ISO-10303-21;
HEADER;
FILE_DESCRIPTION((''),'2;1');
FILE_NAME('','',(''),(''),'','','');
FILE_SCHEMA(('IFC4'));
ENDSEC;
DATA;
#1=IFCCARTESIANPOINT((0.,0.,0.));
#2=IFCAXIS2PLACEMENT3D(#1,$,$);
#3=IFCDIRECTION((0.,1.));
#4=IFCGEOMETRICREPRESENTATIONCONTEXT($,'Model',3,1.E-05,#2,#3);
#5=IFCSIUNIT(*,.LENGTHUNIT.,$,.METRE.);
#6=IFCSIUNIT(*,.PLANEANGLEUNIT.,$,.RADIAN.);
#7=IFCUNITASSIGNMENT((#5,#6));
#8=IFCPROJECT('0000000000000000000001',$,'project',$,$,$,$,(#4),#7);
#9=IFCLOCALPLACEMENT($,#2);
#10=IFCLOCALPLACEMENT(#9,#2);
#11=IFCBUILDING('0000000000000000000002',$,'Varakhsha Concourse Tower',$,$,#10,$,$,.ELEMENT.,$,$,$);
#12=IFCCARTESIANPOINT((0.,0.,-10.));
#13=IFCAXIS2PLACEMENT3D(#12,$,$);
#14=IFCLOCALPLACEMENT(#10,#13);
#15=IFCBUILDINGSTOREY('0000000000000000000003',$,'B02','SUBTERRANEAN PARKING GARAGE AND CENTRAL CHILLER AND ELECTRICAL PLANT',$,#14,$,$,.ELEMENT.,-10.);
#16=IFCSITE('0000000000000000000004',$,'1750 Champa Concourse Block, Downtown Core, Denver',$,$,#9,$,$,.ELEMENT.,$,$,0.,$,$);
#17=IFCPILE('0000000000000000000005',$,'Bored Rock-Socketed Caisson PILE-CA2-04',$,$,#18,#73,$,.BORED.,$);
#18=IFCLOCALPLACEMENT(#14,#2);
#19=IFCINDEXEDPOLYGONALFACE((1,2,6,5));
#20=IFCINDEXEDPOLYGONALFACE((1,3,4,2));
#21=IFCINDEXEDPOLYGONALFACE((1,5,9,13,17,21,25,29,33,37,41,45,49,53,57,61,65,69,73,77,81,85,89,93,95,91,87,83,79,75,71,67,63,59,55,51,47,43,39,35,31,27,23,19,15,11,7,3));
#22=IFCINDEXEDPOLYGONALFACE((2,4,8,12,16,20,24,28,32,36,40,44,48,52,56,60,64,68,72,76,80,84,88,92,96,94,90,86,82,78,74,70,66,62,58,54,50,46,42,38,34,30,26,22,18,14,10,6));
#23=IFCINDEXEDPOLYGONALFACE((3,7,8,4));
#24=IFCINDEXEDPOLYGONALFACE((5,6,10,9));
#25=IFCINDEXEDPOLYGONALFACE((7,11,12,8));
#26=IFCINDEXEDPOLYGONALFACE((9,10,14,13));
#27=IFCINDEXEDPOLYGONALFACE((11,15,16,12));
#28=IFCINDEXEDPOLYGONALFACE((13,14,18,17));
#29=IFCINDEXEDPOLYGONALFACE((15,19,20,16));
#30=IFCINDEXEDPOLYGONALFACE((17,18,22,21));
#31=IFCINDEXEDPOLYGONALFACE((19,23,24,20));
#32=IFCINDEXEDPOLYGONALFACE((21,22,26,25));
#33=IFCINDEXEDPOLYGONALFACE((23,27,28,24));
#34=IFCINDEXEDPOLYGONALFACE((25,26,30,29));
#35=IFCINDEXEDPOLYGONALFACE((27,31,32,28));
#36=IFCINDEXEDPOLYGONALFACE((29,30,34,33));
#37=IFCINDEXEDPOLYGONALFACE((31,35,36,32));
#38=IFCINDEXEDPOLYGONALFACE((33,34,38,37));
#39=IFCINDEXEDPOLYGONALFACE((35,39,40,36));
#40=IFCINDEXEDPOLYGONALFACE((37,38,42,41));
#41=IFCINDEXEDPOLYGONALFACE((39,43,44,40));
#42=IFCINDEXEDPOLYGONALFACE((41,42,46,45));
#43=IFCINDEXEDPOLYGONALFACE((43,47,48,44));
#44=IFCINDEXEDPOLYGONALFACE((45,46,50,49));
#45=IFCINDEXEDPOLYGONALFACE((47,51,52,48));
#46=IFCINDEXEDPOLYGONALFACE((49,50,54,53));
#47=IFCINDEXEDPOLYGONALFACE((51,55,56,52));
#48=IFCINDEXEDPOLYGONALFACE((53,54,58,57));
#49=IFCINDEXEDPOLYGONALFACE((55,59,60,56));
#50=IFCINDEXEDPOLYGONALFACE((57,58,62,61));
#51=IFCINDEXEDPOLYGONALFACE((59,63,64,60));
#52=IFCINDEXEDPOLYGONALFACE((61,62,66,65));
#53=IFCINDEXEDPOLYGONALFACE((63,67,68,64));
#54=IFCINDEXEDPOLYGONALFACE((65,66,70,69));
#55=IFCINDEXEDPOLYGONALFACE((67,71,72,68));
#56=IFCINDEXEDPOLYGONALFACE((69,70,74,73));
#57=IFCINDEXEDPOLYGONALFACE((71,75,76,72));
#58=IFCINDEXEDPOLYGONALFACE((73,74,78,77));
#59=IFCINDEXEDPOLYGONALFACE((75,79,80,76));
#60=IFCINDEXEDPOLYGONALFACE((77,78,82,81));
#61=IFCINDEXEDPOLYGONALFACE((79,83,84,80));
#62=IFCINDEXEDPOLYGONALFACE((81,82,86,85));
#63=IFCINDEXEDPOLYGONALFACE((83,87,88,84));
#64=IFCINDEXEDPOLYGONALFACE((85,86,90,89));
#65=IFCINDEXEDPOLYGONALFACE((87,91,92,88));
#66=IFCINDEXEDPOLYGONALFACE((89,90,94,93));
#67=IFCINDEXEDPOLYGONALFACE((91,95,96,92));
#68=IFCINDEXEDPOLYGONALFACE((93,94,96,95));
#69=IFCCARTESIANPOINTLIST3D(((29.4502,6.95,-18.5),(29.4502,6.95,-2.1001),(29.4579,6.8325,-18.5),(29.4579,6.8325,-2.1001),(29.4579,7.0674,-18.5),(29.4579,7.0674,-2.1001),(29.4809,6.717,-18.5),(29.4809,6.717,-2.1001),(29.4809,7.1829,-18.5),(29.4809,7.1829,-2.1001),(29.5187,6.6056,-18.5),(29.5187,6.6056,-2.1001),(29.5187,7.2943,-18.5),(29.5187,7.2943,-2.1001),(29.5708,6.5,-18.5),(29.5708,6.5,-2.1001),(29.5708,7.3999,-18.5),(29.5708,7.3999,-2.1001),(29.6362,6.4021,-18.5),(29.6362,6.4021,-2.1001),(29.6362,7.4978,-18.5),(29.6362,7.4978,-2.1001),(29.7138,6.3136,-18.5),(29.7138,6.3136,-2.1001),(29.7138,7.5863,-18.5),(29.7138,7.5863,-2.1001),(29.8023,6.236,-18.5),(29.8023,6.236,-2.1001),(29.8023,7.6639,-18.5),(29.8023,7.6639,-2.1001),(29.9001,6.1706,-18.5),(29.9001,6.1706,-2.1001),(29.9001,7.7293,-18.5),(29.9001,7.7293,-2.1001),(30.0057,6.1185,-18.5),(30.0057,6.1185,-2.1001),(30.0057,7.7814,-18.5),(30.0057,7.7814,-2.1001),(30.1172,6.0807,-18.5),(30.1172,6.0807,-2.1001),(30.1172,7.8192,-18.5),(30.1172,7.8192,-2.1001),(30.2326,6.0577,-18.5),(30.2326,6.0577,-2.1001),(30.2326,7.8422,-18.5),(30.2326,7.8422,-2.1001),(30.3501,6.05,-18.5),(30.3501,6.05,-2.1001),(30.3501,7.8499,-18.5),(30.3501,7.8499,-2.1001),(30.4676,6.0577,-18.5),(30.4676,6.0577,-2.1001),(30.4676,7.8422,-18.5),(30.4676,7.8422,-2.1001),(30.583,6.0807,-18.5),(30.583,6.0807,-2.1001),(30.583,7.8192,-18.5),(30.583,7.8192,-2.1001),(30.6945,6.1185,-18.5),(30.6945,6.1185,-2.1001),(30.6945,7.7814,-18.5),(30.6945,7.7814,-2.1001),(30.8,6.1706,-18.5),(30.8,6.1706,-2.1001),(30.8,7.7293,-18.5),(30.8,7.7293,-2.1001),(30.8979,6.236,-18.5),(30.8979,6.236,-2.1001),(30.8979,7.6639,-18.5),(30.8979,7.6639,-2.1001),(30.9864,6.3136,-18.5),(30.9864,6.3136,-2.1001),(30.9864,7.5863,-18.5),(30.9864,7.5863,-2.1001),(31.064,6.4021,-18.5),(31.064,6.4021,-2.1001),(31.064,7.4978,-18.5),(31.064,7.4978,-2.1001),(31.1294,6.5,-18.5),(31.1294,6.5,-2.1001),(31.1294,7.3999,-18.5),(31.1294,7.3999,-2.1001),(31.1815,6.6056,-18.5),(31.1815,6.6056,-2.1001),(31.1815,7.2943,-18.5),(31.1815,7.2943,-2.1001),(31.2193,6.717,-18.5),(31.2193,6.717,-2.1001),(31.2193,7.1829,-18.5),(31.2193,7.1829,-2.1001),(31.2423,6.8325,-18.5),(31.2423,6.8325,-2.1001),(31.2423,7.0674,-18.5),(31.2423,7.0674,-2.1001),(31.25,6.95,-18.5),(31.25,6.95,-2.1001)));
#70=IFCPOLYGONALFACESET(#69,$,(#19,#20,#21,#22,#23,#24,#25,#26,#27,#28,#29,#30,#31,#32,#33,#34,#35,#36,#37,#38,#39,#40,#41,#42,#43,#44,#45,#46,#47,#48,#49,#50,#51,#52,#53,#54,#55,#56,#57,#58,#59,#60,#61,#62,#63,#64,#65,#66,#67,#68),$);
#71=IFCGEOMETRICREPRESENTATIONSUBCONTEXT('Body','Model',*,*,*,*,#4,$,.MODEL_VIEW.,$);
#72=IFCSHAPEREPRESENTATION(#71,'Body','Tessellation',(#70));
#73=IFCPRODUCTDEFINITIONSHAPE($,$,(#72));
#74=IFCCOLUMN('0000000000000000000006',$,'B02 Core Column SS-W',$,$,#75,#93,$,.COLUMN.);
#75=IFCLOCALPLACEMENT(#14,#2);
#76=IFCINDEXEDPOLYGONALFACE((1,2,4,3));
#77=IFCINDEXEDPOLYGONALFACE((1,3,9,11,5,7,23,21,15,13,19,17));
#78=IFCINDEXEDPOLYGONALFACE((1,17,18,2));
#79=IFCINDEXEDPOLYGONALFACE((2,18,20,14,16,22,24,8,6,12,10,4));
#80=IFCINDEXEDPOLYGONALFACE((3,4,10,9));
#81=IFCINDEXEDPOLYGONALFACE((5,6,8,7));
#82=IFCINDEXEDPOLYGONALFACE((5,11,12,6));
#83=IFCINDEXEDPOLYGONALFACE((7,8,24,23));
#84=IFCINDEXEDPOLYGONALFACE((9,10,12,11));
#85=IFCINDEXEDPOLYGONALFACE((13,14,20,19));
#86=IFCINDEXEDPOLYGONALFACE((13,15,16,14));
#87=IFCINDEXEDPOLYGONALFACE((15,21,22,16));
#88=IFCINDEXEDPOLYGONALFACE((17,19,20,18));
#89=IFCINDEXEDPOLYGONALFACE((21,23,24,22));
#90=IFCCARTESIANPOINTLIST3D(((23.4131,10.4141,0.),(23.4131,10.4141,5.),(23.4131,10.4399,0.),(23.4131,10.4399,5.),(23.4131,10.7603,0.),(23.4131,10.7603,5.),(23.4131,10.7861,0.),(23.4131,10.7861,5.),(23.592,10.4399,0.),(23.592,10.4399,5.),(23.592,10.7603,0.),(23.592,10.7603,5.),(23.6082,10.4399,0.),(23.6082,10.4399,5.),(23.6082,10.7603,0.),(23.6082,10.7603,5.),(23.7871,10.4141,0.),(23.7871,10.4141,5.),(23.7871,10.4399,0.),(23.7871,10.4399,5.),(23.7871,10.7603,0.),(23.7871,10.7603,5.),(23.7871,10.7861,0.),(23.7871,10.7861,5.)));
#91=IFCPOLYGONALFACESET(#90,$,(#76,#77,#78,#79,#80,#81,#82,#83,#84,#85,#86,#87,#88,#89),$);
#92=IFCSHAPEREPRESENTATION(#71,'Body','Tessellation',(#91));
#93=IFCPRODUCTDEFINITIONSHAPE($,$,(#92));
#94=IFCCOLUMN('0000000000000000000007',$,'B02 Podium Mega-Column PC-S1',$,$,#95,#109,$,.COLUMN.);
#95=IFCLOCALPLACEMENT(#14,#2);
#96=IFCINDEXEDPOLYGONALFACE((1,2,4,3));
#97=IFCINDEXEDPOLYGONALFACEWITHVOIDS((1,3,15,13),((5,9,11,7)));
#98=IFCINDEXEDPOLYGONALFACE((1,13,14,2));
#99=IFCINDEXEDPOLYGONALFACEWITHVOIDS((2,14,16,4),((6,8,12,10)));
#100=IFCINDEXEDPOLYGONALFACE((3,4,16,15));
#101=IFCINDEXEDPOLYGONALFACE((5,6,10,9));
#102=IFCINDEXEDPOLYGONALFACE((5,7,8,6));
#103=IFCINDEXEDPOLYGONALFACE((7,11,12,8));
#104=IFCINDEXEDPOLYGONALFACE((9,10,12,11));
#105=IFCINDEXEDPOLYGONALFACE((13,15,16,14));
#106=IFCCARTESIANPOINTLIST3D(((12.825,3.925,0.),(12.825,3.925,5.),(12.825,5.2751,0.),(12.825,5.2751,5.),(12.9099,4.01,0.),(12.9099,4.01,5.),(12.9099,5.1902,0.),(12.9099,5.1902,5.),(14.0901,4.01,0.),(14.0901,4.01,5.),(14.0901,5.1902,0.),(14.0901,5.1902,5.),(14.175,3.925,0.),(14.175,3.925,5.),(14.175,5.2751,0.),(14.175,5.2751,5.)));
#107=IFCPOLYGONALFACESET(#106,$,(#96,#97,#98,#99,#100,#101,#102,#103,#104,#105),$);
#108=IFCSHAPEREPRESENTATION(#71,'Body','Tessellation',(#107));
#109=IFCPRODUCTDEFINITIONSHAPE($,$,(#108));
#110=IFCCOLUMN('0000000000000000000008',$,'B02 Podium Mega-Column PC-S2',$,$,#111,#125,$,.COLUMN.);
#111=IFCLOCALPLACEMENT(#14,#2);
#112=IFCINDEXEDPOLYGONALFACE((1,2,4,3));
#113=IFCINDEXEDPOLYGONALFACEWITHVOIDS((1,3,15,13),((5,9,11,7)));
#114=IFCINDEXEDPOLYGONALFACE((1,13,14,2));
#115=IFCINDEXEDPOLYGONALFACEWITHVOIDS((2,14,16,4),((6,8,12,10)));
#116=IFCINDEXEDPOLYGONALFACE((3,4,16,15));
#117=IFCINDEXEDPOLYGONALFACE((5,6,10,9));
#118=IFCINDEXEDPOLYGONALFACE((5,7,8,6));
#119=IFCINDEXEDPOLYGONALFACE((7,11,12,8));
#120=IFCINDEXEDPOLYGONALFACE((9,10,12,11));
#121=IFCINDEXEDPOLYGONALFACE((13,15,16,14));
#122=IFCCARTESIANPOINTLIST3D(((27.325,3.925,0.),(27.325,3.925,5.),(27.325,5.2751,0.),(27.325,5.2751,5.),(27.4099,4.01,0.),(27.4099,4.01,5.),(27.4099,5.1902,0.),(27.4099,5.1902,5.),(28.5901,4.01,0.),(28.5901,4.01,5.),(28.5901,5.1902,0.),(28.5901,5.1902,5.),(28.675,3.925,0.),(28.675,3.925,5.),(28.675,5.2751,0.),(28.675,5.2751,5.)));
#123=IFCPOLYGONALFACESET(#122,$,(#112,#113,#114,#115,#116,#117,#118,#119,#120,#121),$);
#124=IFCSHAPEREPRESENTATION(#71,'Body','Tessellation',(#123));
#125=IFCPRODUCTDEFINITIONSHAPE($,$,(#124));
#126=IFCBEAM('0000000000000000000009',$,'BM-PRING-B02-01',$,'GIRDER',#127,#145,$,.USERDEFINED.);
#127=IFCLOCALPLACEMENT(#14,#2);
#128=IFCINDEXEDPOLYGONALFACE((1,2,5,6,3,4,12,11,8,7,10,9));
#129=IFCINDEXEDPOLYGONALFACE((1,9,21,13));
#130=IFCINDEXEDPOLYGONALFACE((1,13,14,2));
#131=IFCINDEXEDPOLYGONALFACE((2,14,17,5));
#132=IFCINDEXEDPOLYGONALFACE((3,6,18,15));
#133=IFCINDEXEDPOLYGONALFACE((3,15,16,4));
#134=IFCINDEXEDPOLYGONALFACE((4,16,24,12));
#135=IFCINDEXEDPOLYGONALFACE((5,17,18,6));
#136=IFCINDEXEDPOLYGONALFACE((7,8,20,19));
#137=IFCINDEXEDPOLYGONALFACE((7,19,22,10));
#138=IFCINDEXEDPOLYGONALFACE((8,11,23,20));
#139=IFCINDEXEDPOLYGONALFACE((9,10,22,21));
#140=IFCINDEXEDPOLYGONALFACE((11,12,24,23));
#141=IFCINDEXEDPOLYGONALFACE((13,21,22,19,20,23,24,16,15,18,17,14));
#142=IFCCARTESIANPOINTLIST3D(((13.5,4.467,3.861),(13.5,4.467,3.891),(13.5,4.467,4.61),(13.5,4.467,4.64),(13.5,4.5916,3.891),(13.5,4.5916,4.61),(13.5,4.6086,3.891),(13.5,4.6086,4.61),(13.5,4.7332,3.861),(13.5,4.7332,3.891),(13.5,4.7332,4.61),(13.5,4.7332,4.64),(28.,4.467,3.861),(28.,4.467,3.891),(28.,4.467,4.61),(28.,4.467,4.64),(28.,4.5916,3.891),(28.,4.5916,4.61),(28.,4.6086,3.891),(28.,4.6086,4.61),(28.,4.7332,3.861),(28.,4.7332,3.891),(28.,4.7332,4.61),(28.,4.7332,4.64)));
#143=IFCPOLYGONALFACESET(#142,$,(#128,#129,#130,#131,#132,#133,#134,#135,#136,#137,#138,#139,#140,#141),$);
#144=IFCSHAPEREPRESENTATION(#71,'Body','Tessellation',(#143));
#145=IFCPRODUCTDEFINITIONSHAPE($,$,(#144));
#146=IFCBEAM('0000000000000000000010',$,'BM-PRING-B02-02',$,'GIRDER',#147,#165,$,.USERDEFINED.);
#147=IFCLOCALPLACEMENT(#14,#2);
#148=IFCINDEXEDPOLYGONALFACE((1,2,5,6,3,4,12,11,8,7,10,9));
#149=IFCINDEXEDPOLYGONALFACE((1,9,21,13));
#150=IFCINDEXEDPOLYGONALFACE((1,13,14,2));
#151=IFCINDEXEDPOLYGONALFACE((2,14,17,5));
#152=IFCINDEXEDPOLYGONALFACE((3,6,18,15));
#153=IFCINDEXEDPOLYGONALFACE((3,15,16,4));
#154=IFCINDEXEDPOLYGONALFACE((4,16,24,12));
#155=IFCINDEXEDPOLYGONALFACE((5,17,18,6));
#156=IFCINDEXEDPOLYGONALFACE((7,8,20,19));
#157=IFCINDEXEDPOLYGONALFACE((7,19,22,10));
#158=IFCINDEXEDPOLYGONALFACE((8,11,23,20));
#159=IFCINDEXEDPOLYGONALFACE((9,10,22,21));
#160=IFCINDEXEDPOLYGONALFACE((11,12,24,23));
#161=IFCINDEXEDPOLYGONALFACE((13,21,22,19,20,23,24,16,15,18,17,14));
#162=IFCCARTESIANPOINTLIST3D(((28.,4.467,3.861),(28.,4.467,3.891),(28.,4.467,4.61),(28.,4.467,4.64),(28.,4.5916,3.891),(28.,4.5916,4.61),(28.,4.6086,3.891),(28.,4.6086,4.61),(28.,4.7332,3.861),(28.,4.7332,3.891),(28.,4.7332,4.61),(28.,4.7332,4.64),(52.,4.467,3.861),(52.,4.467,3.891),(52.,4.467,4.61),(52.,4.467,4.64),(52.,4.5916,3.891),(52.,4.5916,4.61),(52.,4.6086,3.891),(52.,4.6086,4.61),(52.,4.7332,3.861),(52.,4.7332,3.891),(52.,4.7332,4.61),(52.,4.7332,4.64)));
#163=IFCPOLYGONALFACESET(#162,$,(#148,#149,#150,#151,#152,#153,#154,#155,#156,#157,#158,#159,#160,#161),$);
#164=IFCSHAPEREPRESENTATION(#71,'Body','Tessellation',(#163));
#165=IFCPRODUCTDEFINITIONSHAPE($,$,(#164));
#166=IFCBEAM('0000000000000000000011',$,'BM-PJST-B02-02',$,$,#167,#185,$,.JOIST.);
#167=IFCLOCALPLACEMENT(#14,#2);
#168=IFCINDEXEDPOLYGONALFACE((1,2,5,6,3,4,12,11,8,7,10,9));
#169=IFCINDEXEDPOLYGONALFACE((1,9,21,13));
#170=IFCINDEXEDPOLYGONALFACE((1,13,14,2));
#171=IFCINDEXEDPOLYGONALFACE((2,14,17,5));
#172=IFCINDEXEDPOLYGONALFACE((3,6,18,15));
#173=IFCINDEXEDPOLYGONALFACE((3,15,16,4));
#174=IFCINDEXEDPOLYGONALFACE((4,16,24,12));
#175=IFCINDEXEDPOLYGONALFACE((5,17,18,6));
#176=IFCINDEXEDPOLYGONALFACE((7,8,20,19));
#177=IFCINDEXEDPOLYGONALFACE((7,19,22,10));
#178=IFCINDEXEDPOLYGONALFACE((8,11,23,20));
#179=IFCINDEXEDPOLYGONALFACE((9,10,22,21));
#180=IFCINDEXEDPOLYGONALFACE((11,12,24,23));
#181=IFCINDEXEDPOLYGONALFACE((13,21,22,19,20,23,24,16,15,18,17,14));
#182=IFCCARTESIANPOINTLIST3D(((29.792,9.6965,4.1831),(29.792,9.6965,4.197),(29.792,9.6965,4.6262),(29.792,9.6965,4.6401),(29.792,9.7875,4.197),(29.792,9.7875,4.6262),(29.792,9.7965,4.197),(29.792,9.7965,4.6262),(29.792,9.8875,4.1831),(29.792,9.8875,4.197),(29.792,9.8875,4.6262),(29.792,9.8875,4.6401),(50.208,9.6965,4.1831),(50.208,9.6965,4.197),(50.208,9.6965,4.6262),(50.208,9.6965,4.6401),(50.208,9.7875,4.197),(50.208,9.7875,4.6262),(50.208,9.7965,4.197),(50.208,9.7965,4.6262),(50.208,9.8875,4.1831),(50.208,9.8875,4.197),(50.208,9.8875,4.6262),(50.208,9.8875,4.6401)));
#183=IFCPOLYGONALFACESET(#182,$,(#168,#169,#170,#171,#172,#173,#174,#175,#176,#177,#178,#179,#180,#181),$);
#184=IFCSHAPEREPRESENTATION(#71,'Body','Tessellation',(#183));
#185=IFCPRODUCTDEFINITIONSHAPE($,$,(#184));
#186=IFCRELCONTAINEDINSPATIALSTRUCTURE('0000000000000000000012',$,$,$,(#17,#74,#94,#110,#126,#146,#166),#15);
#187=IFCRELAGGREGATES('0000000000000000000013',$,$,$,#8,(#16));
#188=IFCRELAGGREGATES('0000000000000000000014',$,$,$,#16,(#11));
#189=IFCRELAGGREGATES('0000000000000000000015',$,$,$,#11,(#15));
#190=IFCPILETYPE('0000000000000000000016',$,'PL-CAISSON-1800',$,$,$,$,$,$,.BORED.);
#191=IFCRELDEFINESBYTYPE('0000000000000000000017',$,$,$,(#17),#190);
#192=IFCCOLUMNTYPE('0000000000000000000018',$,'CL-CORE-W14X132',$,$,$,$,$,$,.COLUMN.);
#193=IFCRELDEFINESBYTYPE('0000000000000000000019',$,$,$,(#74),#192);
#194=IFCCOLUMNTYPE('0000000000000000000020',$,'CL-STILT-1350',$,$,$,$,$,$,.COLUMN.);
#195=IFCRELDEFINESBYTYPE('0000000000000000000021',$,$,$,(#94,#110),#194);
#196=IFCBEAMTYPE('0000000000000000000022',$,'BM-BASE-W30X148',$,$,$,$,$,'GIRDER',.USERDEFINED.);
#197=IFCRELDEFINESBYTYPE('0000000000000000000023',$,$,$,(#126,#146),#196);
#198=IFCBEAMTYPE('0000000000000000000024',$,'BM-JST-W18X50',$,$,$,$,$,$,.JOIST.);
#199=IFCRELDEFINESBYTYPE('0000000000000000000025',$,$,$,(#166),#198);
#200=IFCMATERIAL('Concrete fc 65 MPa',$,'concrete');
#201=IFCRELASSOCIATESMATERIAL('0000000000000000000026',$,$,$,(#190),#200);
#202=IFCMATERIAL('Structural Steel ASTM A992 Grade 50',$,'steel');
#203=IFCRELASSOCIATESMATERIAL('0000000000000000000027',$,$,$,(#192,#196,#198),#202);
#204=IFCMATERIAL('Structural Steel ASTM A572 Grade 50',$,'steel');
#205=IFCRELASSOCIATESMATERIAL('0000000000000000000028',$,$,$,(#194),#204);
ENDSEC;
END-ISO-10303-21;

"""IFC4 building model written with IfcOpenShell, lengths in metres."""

from ifc_helpers import new_model, si_unit, direction, frame, origin, origin_2d, place, context, subcontext, project, spatial, hollow_rectangle, circle, i_section, extrude, material, material_profile, profile_set, type_object, element, save


model = new_model("IFC4")

# Units and contexts
model_context = context("Model", 3, precision=1e-05, world=origin(), true_north=direction((0.0, 1.0)))
body_context = subcontext(model_context, "Body", "Model", "MODEL_VIEW")
ifc_project = project(units=[si_unit("LENGTHUNIT", "METRE"), si_unit("PLANEANGLEUNIT", "RADIAN")], contexts=[model_context])

# Site, building, storey
site_placement = place(None, origin())
site = spatial("IfcSite", under=ifc_project, at=site_placement, Name="1750 Champa Concourse Block, Downtown Core, Denver", CompositionType="ELEMENT", RefElevation=0.0)
building_placement = place(site_placement, origin())
building = spatial("IfcBuilding", under=site, at=building_placement, Name="Varakhsha Concourse Tower", CompositionType="ELEMENT")
storey_placement = place(building_placement, frame((0.0, 0.0, -10.0)))
storey = spatial("IfcBuildingStorey", under=building, at=storey_placement, Name="B02", Description="SUBTERRANEAN PARKING GARAGE AND CENTRAL CHILLER AND ELECTRICAL PLANT", CompositionType="ELEMENT", Elevation=-10.0)

# Shared definitions
ifc_material_1 = material(Name="Concrete fc 65 MPa", Category="concrete")

# Pile
ifc_material_profile_1 = material_profile(ifc_material_1, circle(Radius=0.8999, at=origin_2d()), Name="CAISSON D1800")
ifc_profile_set_1 = profile_set([ifc_material_profile_1], Name="Concrete fc 65 MPa")
pile_type_1 = type_object("IfcPileType", Name="PL-CAISSON-1800", PredefinedType="BORED", material=ifc_profile_set_1)
for number, where, z_axis, x_axis, name in (
    (1, (30.3501, 6.95, -2.1001), (0.0, 0.0, -1.0), (1.0, 0.0, 0.0), "Bored Rock-Socketed Caisson PILE-CA2-04"),
):
    element("IfcPile", number, at=place(storey_placement, frame(where, z_axis=z_axis, x_axis=x_axis)), inside=storey, type_object=pile_type_1, Name=name, PredefinedType="BORED", context=body_context, shape_type="SweptSolid", body=[
        extrude(circle(Radius=0.8999, at=origin_2d()), origin(), (0.0, 0.0, 1.0), 16.3999),
    ])

# Columns
ifc_material_2 = material(Name="Structural Steel ASTM A992 Grade 50", Category="steel")
ifc_material_profile_2 = material_profile(ifc_material_2, i_section(OverallWidth=0.374, OverallDepth=0.3721, WebThickness=0.0161, FlangeThickness=0.0259, at=origin_2d()), Name="W14X132")
ifc_profile_set_2 = profile_set([ifc_material_profile_2], Name="Structural Steel ASTM A992 Grade 50")
column_type_1 = type_object("IfcColumnType", Name="CL-CORE-W14X132", PredefinedType="COLUMN", material=ifc_profile_set_2)
column_placement = place(storey_placement, frame((23.6001, 10.6001, 0.0), z_axis=(0.0, 0.0, 1.0), x_axis=(1.0, 0.0, 0.0)))
element("IfcColumn", 2, at=column_placement, inside=storey, type_object=column_type_1, Name="B02 Core Column SS-W", PredefinedType="COLUMN", context=body_context, shape_type="SweptSolid", body=[
    extrude(i_section(OverallWidth=0.374, OverallDepth=0.3721, WebThickness=0.0161, FlangeThickness=0.0259, at=origin_2d()), origin(), (0.0, 0.0, 1.0), 5.0),
])
ifc_material_3 = material(Name="Structural Steel ASTM A572 Grade 50", Category="steel")
ifc_material_profile_3 = material_profile(ifc_material_3, hollow_rectangle(XDim=1.3501, YDim=1.3501, WallThickness=0.085, at=origin_2d()), Name="BOX 1350x1350x85")
ifc_profile_set_3 = profile_set([ifc_material_profile_3], Name="Structural Steel ASTM A572 Grade 50")
column_type_2 = type_object("IfcColumnType", Name="CL-STILT-1350", PredefinedType="COLUMN", material=ifc_profile_set_3)
for number, where, z_axis, x_axis, name in (
    (3, (13.5, 4.6001, 0.0), (0.0, 0.0, 1.0), (1.0, 0.0, 0.0), "B02 Podium Mega-Column PC-S1"),
    (4, (28.0, 4.6001, 0.0), (0.0, 0.0, 1.0), (1.0, 0.0, 0.0), "B02 Podium Mega-Column PC-S2"),
):
    element("IfcColumn", number, at=place(storey_placement, frame(where, z_axis=z_axis, x_axis=x_axis)), inside=storey, type_object=column_type_2, Name=name, PredefinedType="COLUMN", context=body_context, shape_type="SweptSolid", body=[
        extrude(hollow_rectangle(XDim=1.3501, YDim=1.3501, WallThickness=0.085, at=origin_2d()), origin(), (0.0, 0.0, 1.0), 5.0),
    ])

# Beams
ifc_material_profile_4 = material_profile(ifc_material_2, i_section(OverallWidth=0.2661, OverallDepth=0.7791, WebThickness=0.0171, FlangeThickness=0.03, at=origin_2d()), Name="W30X148")
ifc_profile_set_4 = profile_set([ifc_material_profile_4], Name="Structural Steel ASTM A992 Grade 50")
beam_type_1 = type_object("IfcBeamType", Name="BM-BASE-W30X148", ElementType="GIRDER", PredefinedType="USERDEFINED", material=ifc_profile_set_4)
beam_1_placement = place(storey_placement, frame((13.5, 4.6001, 4.2505), z_axis=(1.0, 0.0, 0.0), x_axis=(0.0, 1.0, 0.0)))
element("IfcBeam", 5, at=beam_1_placement, inside=storey, type_object=beam_type_1, Name="BM-PRING-B02-01", ObjectType="GIRDER", PredefinedType="USERDEFINED", context=body_context, shape_type="SweptSolid", body=[
    extrude(i_section(OverallWidth=0.2661, OverallDepth=0.7791, WebThickness=0.0171, FlangeThickness=0.03, at=origin_2d()), origin(), (0.0, 0.0, 1.0), 14.5),
])
beam_2_placement = place(storey_placement, frame((28.0, 4.6001, 4.2505), z_axis=(1.0, 0.0, 0.0), x_axis=(0.0, 1.0, 0.0)))
element("IfcBeam", 6, at=beam_2_placement, inside=storey, type_object=beam_type_1, Name="BM-PRING-B02-02", ObjectType="GIRDER", PredefinedType="USERDEFINED", context=body_context, shape_type="SweptSolid", body=[
    extrude(i_section(OverallWidth=0.2661, OverallDepth=0.7791, WebThickness=0.0171, FlangeThickness=0.03, at=origin_2d()), origin(), (0.0, 0.0, 1.0), 24.0),
])
ifc_material_profile_5 = material_profile(ifc_material_2, i_section(OverallWidth=0.1909, OverallDepth=0.457, WebThickness=0.009, FlangeThickness=0.0139, at=origin_2d()), Name="W18X50")
ifc_profile_set_5 = profile_set([ifc_material_profile_5], Name="Structural Steel ASTM A992 Grade 50")
beam_type_2 = type_object("IfcBeamType", Name="BM-JST-W18X50", PredefinedType="JOIST", material=ifc_profile_set_5)
beam_3_placement = place(storey_placement, frame((29.792, 9.792, 4.4116), z_axis=(1.0, 0.0, 0.0), x_axis=(0.0, 1.0, 0.0)))
element("IfcBeam", 7, at=beam_3_placement, inside=storey, type_object=beam_type_2, Name="BM-PJST-B02-02", PredefinedType="JOIST", context=body_context, shape_type="SweptSolid", body=[
    extrude(i_section(OverallWidth=0.1909, OverallDepth=0.457, WebThickness=0.009, FlangeThickness=0.0139, at=origin_2d()), origin(), (0.0, 0.0, 1.0), 20.416),
])

save(model, "model.ifc")
